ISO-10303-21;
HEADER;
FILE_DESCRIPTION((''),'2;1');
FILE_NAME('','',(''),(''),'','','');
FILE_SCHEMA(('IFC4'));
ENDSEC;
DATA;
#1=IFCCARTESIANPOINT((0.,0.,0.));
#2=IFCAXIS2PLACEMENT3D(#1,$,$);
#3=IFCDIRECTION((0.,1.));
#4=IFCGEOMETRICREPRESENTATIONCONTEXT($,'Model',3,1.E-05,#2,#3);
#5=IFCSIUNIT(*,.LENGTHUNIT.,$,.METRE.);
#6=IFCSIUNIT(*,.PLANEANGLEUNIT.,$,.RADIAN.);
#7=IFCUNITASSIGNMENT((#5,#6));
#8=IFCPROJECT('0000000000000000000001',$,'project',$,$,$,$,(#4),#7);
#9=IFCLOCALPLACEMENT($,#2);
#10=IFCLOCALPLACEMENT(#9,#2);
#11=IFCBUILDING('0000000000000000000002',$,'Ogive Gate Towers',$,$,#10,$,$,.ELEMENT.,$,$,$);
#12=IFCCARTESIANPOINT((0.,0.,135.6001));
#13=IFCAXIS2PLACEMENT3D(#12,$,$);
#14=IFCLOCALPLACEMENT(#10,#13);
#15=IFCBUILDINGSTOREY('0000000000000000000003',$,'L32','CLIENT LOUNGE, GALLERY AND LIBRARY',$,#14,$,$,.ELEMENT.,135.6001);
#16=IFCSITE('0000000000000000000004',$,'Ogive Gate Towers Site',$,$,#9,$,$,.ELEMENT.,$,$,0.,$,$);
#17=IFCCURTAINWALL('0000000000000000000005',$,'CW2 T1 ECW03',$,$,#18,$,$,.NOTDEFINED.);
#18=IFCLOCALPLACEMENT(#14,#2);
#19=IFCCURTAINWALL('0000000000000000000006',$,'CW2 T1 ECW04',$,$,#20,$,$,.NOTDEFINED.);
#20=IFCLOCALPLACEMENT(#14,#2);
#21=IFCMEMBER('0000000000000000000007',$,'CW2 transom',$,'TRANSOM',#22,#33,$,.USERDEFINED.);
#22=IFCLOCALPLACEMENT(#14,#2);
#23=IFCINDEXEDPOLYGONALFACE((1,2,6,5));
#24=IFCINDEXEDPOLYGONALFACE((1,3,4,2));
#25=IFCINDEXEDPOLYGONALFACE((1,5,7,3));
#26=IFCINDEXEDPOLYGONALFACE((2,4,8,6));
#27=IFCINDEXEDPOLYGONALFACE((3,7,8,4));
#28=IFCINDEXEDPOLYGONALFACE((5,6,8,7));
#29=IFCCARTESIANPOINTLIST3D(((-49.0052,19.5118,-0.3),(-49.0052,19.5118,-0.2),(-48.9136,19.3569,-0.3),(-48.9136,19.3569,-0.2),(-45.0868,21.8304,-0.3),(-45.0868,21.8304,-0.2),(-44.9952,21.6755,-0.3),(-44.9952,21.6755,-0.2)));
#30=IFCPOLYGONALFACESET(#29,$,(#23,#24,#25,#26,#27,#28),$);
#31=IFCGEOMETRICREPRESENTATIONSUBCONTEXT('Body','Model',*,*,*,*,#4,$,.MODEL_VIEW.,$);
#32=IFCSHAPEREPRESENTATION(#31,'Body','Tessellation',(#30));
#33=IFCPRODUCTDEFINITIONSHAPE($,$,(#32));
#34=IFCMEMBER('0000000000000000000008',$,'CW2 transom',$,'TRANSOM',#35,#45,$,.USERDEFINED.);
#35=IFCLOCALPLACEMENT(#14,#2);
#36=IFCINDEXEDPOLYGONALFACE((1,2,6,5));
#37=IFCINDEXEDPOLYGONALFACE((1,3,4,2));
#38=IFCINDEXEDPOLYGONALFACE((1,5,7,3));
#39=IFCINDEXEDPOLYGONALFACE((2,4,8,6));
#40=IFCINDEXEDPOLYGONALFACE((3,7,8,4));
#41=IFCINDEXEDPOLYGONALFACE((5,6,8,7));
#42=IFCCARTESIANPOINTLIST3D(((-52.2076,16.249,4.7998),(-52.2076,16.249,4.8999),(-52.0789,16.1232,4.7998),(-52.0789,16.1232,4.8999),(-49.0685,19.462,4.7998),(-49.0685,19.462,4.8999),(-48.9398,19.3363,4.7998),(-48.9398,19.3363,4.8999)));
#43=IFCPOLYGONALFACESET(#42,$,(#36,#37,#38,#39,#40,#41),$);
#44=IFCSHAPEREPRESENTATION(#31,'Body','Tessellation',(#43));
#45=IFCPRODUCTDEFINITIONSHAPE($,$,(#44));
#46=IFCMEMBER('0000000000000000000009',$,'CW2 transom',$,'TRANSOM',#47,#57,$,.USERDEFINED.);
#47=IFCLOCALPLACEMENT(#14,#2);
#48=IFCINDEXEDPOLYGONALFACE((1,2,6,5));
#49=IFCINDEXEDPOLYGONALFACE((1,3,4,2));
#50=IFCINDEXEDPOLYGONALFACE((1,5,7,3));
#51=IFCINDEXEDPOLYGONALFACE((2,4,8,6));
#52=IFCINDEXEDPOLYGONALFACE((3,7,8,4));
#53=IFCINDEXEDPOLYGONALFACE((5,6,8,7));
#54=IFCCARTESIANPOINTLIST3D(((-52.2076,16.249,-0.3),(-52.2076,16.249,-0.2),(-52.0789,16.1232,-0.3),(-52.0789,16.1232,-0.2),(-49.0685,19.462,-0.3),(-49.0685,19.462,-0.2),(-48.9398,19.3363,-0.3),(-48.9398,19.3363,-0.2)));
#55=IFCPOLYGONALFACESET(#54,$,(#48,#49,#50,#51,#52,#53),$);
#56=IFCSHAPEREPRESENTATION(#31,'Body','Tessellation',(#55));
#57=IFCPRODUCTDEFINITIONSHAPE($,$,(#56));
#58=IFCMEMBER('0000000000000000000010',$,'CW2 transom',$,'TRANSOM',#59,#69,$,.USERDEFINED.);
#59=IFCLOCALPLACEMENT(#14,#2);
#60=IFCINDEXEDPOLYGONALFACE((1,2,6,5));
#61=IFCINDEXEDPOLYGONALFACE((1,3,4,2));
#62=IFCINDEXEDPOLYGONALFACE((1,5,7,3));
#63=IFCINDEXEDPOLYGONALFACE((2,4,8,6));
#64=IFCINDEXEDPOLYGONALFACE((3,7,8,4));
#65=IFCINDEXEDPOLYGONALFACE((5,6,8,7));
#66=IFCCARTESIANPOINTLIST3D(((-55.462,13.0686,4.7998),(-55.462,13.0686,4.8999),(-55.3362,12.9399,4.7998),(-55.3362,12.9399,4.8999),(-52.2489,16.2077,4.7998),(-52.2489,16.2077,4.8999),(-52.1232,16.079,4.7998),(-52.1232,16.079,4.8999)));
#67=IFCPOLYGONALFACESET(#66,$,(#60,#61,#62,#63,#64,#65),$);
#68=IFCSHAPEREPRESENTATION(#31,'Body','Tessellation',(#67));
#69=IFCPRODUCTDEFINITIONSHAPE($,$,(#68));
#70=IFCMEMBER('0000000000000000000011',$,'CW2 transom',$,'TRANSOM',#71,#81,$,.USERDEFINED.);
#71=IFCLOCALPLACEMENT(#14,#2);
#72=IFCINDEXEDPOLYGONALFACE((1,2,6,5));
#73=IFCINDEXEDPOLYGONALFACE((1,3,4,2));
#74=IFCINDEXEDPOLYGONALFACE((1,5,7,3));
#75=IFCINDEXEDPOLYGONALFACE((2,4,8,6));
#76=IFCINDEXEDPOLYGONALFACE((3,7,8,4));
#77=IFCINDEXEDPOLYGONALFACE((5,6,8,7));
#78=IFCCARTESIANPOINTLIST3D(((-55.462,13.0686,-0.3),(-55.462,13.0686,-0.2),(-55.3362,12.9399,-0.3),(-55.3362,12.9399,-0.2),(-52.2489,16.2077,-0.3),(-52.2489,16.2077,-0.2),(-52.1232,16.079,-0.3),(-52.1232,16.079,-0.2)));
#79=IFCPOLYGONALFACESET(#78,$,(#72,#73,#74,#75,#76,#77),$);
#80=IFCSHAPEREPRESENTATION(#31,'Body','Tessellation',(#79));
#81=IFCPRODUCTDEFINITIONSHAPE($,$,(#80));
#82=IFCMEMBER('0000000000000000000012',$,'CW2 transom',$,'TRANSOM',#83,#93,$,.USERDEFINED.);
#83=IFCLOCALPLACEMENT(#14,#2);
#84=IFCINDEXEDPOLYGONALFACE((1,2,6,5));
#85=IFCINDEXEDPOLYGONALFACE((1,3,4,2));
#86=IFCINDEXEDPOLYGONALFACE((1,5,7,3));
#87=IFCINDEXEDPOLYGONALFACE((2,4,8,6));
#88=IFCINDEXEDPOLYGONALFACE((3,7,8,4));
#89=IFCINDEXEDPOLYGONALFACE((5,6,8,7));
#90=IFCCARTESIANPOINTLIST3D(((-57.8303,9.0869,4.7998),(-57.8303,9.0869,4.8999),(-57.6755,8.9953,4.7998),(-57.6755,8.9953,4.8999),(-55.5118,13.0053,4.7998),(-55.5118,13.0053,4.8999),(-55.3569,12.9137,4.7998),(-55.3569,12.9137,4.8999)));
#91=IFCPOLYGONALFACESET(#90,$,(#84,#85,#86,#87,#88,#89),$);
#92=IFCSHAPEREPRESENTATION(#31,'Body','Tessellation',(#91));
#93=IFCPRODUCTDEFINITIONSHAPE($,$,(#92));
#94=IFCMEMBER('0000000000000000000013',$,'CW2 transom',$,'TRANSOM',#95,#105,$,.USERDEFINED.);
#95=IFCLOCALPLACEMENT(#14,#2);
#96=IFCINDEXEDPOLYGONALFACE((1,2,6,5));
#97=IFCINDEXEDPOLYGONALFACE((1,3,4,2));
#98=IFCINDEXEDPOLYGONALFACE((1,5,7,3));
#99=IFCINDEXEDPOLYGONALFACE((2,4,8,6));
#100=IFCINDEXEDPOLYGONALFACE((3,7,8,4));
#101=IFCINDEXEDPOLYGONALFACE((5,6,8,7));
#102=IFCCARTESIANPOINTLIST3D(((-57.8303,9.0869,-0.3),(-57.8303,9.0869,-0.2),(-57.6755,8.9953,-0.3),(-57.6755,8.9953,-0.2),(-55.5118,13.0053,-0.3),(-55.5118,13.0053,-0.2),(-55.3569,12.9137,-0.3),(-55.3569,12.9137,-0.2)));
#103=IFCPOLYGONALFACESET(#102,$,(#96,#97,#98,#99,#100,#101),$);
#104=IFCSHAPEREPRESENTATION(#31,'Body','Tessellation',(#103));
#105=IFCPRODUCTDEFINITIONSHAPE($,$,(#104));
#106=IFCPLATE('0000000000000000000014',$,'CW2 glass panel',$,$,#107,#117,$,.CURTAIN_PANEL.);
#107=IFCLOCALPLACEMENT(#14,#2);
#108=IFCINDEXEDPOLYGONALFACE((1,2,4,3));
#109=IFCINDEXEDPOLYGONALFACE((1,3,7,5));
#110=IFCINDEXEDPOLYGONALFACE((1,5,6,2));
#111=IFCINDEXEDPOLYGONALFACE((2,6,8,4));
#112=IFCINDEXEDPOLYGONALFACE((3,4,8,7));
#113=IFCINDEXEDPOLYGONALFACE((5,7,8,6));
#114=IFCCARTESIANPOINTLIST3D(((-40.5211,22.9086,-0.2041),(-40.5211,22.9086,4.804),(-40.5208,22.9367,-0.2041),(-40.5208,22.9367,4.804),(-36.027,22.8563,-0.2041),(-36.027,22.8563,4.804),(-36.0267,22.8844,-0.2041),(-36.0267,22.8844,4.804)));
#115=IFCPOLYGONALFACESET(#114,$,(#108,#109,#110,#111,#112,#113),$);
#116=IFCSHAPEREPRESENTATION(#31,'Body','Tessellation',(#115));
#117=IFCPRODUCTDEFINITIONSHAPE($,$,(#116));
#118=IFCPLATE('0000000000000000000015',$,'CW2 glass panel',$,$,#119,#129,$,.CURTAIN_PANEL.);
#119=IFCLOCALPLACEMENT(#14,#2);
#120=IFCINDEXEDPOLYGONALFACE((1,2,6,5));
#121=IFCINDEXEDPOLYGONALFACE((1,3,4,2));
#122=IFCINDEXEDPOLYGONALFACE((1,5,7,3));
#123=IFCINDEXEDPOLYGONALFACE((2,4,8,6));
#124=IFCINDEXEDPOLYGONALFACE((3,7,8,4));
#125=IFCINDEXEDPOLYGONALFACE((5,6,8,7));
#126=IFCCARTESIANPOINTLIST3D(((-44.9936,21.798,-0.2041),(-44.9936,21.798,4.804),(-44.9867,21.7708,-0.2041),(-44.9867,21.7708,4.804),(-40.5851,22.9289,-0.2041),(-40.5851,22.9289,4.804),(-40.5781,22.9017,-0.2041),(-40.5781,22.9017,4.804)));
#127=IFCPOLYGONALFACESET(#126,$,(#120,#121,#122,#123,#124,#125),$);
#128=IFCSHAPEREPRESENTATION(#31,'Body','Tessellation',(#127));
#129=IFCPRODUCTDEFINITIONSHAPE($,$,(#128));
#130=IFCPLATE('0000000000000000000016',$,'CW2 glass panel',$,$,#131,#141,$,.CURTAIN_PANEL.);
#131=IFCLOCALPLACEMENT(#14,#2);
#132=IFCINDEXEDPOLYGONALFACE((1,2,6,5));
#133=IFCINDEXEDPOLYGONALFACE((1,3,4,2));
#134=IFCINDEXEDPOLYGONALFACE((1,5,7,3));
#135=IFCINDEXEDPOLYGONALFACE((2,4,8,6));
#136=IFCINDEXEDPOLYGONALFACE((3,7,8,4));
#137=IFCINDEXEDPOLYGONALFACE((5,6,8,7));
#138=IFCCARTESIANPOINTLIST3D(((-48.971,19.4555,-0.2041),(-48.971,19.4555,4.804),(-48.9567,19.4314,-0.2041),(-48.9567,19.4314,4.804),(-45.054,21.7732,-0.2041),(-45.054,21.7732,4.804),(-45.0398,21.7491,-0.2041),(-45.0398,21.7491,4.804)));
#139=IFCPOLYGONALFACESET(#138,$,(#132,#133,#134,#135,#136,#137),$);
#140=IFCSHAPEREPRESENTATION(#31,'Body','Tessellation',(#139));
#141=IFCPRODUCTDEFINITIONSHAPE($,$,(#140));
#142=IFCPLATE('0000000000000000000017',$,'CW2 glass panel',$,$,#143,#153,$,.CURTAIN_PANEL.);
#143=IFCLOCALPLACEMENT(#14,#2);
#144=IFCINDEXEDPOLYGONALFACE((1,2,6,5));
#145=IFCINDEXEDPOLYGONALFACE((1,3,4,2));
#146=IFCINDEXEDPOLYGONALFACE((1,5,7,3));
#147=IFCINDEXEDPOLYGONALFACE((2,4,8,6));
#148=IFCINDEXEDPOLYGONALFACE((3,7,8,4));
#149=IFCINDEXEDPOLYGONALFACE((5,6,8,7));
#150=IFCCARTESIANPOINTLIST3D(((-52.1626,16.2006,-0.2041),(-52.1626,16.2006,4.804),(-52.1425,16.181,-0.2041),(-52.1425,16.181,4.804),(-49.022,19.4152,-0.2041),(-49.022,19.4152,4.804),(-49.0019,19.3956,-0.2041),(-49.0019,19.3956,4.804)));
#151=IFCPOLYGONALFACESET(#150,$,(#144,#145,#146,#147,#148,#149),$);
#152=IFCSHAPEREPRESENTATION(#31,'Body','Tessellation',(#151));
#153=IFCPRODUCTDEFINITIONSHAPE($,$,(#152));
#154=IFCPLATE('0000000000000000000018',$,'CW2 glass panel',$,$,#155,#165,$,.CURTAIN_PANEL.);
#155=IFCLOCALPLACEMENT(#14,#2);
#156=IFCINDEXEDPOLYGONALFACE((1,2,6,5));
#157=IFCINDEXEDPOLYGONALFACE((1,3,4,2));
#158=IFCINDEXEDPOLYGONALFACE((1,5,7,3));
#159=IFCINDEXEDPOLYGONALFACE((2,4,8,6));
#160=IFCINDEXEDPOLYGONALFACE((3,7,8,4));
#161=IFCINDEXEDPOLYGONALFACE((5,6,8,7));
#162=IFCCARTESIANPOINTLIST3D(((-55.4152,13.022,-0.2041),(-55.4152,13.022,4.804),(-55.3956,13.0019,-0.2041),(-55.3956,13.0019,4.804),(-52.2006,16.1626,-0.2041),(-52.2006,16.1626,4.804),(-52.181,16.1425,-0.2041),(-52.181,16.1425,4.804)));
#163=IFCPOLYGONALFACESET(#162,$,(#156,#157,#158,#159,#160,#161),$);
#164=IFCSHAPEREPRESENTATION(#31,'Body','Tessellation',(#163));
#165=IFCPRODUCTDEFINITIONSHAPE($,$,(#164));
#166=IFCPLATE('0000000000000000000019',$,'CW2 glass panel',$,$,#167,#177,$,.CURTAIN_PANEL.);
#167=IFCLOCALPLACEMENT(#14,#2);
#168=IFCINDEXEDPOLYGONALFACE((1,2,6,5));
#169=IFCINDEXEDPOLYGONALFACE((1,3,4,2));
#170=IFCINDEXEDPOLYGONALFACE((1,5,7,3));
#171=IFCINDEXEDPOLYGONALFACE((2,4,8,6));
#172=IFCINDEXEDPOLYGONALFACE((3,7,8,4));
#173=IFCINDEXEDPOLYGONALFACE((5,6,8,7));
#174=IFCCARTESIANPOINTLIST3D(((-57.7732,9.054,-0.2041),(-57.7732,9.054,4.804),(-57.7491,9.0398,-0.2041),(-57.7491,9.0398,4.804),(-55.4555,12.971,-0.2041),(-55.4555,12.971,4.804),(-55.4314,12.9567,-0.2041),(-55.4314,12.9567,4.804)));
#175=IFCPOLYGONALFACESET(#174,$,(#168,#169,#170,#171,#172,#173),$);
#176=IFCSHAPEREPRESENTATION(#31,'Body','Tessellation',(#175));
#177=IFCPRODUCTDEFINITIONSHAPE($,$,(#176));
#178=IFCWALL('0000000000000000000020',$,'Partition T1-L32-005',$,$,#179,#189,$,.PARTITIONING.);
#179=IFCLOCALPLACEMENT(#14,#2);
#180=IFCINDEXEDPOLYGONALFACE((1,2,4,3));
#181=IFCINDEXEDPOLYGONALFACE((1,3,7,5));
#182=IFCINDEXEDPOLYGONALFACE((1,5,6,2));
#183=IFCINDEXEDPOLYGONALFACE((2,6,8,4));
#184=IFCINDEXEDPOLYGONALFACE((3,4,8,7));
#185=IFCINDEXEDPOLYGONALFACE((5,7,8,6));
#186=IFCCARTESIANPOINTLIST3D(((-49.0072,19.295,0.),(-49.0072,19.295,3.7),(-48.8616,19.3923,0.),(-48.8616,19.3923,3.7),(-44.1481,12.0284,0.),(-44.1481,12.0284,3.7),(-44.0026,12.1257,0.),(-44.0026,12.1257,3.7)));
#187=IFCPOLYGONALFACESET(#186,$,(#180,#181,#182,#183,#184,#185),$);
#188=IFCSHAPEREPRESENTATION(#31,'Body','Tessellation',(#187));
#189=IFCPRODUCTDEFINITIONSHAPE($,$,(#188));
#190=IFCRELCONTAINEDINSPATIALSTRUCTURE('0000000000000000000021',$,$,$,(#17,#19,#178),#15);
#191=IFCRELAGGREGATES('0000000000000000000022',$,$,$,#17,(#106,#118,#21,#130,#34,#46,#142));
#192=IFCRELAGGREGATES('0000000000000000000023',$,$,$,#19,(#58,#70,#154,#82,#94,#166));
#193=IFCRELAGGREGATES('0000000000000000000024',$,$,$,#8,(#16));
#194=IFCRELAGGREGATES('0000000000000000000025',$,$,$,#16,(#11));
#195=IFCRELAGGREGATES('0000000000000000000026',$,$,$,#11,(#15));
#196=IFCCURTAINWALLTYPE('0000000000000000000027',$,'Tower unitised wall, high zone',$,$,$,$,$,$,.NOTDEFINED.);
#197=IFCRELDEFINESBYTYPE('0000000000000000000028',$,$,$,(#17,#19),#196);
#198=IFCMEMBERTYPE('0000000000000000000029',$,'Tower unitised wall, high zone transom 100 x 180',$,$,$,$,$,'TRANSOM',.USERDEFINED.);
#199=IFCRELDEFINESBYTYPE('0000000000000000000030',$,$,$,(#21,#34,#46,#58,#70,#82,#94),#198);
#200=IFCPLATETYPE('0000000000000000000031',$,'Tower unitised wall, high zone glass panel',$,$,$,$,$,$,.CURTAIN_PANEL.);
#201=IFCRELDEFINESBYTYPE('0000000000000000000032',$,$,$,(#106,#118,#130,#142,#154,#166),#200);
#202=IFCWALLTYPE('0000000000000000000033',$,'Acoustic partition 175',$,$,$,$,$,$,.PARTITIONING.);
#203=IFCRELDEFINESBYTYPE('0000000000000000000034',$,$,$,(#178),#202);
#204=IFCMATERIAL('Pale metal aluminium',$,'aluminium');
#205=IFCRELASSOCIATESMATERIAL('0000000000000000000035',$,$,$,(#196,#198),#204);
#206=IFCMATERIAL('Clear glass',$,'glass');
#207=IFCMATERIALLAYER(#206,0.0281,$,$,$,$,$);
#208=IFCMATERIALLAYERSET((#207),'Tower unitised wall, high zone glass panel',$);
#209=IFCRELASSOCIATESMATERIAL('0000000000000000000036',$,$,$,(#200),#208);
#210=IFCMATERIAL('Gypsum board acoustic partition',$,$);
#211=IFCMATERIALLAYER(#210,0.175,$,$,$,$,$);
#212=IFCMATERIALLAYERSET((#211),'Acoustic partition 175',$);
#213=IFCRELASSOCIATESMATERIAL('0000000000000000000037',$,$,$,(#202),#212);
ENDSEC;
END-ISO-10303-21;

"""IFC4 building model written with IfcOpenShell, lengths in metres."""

from ifc_helpers import new_model, si_unit, direction, frame, frame_2d, origin, origin_2d, place, context, subcontext, project, spatial, rectangle, extrude, material, layer, layer_set, material_profile, profile_set, type_object, element, aggregate, save


model = new_model("IFC4")

# Units and contexts
model_context = context("Model", 3, precision=1e-05, world=origin(), true_north=direction((0.0, 1.0)))
body_context = subcontext(model_context, "Body", "Model", "MODEL_VIEW")
ifc_project = project(units=[si_unit("LENGTHUNIT", "METRE"), si_unit("PLANEANGLEUNIT", "RADIAN")], contexts=[model_context])

# Site, building, storey
site_placement = place(None, origin())
site = spatial("IfcSite", under=ifc_project, at=site_placement, Name="Ogive Gate Towers Site", CompositionType="ELEMENT", RefElevation=0.0)
building_placement = place(site_placement, origin())
building = spatial("IfcBuilding", under=site, at=building_placement, Name="Ogive Gate Towers", CompositionType="ELEMENT")
storey_placement = place(building_placement, frame((0.0, 0.0, 135.6001)))
storey = spatial("IfcBuildingStorey", under=building, at=storey_placement, Name="L32", Description="CLIENT LOUNGE, GALLERY AND LIBRARY", CompositionType="ELEMENT", Elevation=135.6001)

# Shared definitions
ifc_material_1 = material(Name="Pale metal aluminium", Category="aluminium")
curtain_wall_type = type_object("IfcCurtainWallType", Name="Tower unitised wall, high zone", PredefinedType="NOTDEFINED", material=ifc_material_1)

# Curtain wall
curtain_wall_1_placement = place(storey_placement, origin())
curtain_wall_1 = element("IfcCurtainWall", 1, at=curtain_wall_1_placement, inside=storey, type_object=curtain_wall_type, Name="CW2 T1 ECW03", PredefinedType="NOTDEFINED")

# Curtain wall
curtain_wall_2_placement = place(storey_placement, origin())
curtain_wall_2 = element("IfcCurtainWall", 2, at=curtain_wall_2_placement, inside=storey, type_object=curtain_wall_type, Name="CW2 T1 ECW04", PredefinedType="NOTDEFINED")

# Members
ifc_material_profile_1 = material_profile(ifc_material_1, rectangle(XDim=0.1799, YDim=0.1001, at=origin_2d()), Name="100 x 180 aluminium box")
ifc_profile_set_1 = profile_set([ifc_material_profile_1], Name="Pale metal aluminium")
member_type_1 = type_object("IfcMemberType", Name="Tower unitised wall, high zone transom 100 x 180", ElementType="TRANSOM", PredefinedType="USERDEFINED", material=ifc_profile_set_1)
member_1_placement = place(storey_placement, frame((-45.041, 21.7529, -0.25), z_axis=(-0.860623, -0.509242, 0.0), x_axis=(0.509242, -0.860623, 0.0)))
member_1 = element("IfcMember", 3, at=member_1_placement, type_object=member_type_1, Name="CW2 transom", ObjectType="TRANSOM", PredefinedType="USERDEFINED", context=body_context, shape_type="SweptSolid", body=[
    extrude(rectangle(XDim=0.1799, YDim=0.1001, at=origin_2d()), origin(), (0.0, 0.0, 1.0), 4.553),
])
member_2_placement = place(storey_placement, frame((-49.0042, 19.3992, 4.8499), z_axis=(-0.698825, -0.715293, 0.0), x_axis=(0.715293, -0.698825, 0.0)))
member_2 = element("IfcMember", 4, at=member_2_placement, type_object=member_type_1, Name="CW2 transom", ObjectType="TRANSOM", PredefinedType="USERDEFINED", context=body_context, shape_type="SweptSolid", body=[
    extrude(rectangle(XDim=0.1799, YDim=0.1001, at=origin_2d()), origin(), (0.0, 0.0, 1.0), 4.4919),
])
member_3_placement = place(storey_placement, frame((-49.0042, 19.3992, -0.25), z_axis=(-0.698825, -0.715293, 0.0), x_axis=(0.715293, -0.698825, 0.0)))
member_3 = element("IfcMember", 5, at=member_3_placement, type_object=member_type_1, Name="CW2 transom", ObjectType="TRANSOM", PredefinedType="USERDEFINED", context=body_context, shape_type="SweptSolid", body=[
    extrude(rectangle(XDim=0.1799, YDim=0.1001, at=origin_2d()), origin(), (0.0, 0.0, 1.0), 4.4919),
])
member_4_placement = place(storey_placement, frame((-52.186, 16.1433, 4.8499), z_axis=(-0.715293, -0.698825, 0.0), x_axis=(0.698825, -0.715293, 0.0)))
member_4 = element("IfcMember", 6, at=member_4_placement, type_object=member_type_1, Name="CW2 transom", ObjectType="TRANSOM", PredefinedType="USERDEFINED", context=body_context, shape_type="SweptSolid", body=[
    extrude(rectangle(XDim=0.1799, YDim=0.1001, at=origin_2d()), origin(), (0.0, 0.0, 1.0), 4.4919),
])
member_5_placement = place(storey_placement, frame((-52.186, 16.1433, -0.25), z_axis=(-0.715293, -0.698825, 0.0), x_axis=(0.698825, -0.715293, 0.0)))
member_5 = element("IfcMember", 7, at=member_5_placement, type_object=member_type_1, Name="CW2 transom", ObjectType="TRANSOM", PredefinedType="USERDEFINED", context=body_context, shape_type="SweptSolid", body=[
    extrude(rectangle(XDim=0.1799, YDim=0.1001, at=origin_2d()), origin(), (0.0, 0.0, 1.0), 4.4919),
])
member_6_placement = place(storey_placement, frame((-55.4343, 12.9595, 4.8499), z_axis=(-0.509242, -0.860623, 0.0), x_axis=(0.860623, -0.509242, 0.0)))
member_6 = element("IfcMember", 8, at=member_6_placement, type_object=member_type_1, Name="CW2 transom", ObjectType="TRANSOM", PredefinedType="USERDEFINED", context=body_context, shape_type="SweptSolid", body=[
    extrude(rectangle(XDim=0.1799, YDim=0.1001, at=origin_2d()), origin(), (0.0, 0.0, 1.0), 4.553),
])
member_7_placement = place(storey_placement, frame((-55.4343, 12.9595, -0.25), z_axis=(-0.509242, -0.860623, 0.0), x_axis=(0.860623, -0.509242, 0.0)))
member_7 = element("IfcMember", 9, at=member_7_placement, type_object=member_type_1, Name="CW2 transom", ObjectType="TRANSOM", PredefinedType="USERDEFINED", context=body_context, shape_type="SweptSolid", body=[
    extrude(rectangle(XDim=0.1799, YDim=0.1001, at=origin_2d()), origin(), (0.0, 0.0, 1.0), 4.553),
])

# Plates
ifc_material_2 = material(Name="Clear glass", Category="glass")
ifc_layer_1 = layer(ifc_material_2, 0.0281)
ifc_layer_set_1 = layer_set([ifc_layer_1], Name="Tower unitised wall, high zone glass panel")
plate_type = type_object("IfcPlateType", Name="Tower unitised wall, high zone glass panel", PredefinedType="CURTAIN_PANEL", material=ifc_layer_set_1)
plate_1_placement = place(storey_placement, frame((-38.2739, 22.8965, -0.2041), z_axis=(0.0, 0.0, 1.0), x_axis=(-0.999932, 0.011641, 0.0)))
plate_1 = element("IfcPlate", 10, at=plate_1_placement, type_object=plate_type, Name="CW2 glass panel", PredefinedType="CURTAIN_PANEL", context=body_context, shape_type="SweptSolid", body=[
    extrude(rectangle(XDim=4.4944, YDim=0.0281, at=origin_2d()), origin(), (0.0, 0.0, 1.0), 5.0081),
])
plate_2_placement = place(storey_placement, frame((-42.7859, 22.3499, -0.2041), z_axis=(0.0, 0.0, 1.0), x_axis=(-0.96864, -0.24847, 0.0)))
plate_2 = element("IfcPlate", 11, at=plate_2_placement, type_object=plate_type, Name="CW2 glass panel", PredefinedType="CURTAIN_PANEL", context=body_context, shape_type="SweptSolid", body=[
    extrude(rectangle(XDim=4.5513, YDim=0.0281, at=origin_2d()), origin(), (0.0, 0.0, 1.0), 5.0081),
])
plate_3_placement = place(storey_placement, frame((-47.0054, 20.6023, -0.2041), z_axis=(0.0, 0.0, 1.0), x_axis=(-0.860627, -0.509237, 0.0)))
plate_3 = element("IfcPlate", 12, at=plate_3_placement, type_object=plate_type, Name="CW2 glass panel", PredefinedType="CURTAIN_PANEL", context=body_context, shape_type="SweptSolid", body=[
    extrude(rectangle(XDim=4.5513, YDim=0.0281, at=origin_2d()), origin(), (0.0, 0.0, 1.0), 5.0081),
])
plate_4_placement = place(storey_placement, frame((-50.5823, 17.7981, -0.2041), z_axis=(0.0, 0.0, 1.0), x_axis=(-0.698815, -0.715303, 0.0)))
plate_4 = element("IfcPlate", 13, at=plate_4_placement, type_object=plate_type, Name="CW2 glass panel", PredefinedType="CURTAIN_PANEL", context=body_context, shape_type="SweptSolid", body=[
    extrude(rectangle(XDim=4.4941, YDim=0.0281, at=origin_2d()), origin(), (0.0, 0.0, 1.0), 5.0081),
])
aggregate(curtain_wall_1, [plate_1, plate_2, member_1, plate_3, member_2, member_3, plate_4])
plate_5_placement = place(storey_placement, frame((-53.7981, 14.5823, -0.2041), z_axis=(0.0, 0.0, 1.0), x_axis=(-0.715303, -0.698815, 0.0)))
plate_5 = element("IfcPlate", 14, at=plate_5_placement, type_object=plate_type, Name="CW2 glass panel", PredefinedType="CURTAIN_PANEL", context=body_context, shape_type="SweptSolid", body=[
    extrude(rectangle(XDim=4.4941, YDim=0.0281, at=origin_2d()), origin(), (0.0, 0.0, 1.0), 5.0081),
])
plate_6_placement = place(storey_placement, frame((-56.6023, 11.0054, -0.2041), z_axis=(0.0, 0.0, 1.0), x_axis=(-0.509237, -0.860627, 0.0)))
plate_6 = element("IfcPlate", 15, at=plate_6_placement, type_object=plate_type, Name="CW2 glass panel", PredefinedType="CURTAIN_PANEL", context=body_context, shape_type="SweptSolid", body=[
    extrude(rectangle(XDim=4.5513, YDim=0.0281, at=origin_2d()), origin(), (0.0, 0.0, 1.0), 5.0081),
])
aggregate(curtain_wall_2, [member_4, member_5, plate_5, member_6, member_7, plate_6])

# Wall
ifc_material_3 = material(Name="Gypsum board acoustic partition")
ifc_layer_2 = layer(ifc_material_3, 0.175)
ifc_layer_set_2 = layer_set([ifc_layer_2], Name="Acoustic partition 175")
wall_type_1 = type_object("IfcWallType", Name="Acoustic partition 175", PredefinedType="PARTITIONING", material=ifc_layer_set_2)
wall_1_placement = place(storey_placement, frame((-48.9343, 19.3435, 0.0), z_axis=(0.0, 0.0, 1.0), x_axis=(0.555866, -0.831272, 0.0)))
element("IfcWall", 16, at=wall_1_placement, inside=storey, type_object=wall_type_1, Name="Partition T1-L32-005", PredefinedType="PARTITIONING", context=body_context, shape_type="SweptSolid", body=[
    extrude(rectangle(XDim=8.7415, YDim=0.175, at=frame_2d((4.3706, 0.0))), origin(), (0.0, 0.0, 1.0), 3.7),
])

save(model, "model.ifc")
